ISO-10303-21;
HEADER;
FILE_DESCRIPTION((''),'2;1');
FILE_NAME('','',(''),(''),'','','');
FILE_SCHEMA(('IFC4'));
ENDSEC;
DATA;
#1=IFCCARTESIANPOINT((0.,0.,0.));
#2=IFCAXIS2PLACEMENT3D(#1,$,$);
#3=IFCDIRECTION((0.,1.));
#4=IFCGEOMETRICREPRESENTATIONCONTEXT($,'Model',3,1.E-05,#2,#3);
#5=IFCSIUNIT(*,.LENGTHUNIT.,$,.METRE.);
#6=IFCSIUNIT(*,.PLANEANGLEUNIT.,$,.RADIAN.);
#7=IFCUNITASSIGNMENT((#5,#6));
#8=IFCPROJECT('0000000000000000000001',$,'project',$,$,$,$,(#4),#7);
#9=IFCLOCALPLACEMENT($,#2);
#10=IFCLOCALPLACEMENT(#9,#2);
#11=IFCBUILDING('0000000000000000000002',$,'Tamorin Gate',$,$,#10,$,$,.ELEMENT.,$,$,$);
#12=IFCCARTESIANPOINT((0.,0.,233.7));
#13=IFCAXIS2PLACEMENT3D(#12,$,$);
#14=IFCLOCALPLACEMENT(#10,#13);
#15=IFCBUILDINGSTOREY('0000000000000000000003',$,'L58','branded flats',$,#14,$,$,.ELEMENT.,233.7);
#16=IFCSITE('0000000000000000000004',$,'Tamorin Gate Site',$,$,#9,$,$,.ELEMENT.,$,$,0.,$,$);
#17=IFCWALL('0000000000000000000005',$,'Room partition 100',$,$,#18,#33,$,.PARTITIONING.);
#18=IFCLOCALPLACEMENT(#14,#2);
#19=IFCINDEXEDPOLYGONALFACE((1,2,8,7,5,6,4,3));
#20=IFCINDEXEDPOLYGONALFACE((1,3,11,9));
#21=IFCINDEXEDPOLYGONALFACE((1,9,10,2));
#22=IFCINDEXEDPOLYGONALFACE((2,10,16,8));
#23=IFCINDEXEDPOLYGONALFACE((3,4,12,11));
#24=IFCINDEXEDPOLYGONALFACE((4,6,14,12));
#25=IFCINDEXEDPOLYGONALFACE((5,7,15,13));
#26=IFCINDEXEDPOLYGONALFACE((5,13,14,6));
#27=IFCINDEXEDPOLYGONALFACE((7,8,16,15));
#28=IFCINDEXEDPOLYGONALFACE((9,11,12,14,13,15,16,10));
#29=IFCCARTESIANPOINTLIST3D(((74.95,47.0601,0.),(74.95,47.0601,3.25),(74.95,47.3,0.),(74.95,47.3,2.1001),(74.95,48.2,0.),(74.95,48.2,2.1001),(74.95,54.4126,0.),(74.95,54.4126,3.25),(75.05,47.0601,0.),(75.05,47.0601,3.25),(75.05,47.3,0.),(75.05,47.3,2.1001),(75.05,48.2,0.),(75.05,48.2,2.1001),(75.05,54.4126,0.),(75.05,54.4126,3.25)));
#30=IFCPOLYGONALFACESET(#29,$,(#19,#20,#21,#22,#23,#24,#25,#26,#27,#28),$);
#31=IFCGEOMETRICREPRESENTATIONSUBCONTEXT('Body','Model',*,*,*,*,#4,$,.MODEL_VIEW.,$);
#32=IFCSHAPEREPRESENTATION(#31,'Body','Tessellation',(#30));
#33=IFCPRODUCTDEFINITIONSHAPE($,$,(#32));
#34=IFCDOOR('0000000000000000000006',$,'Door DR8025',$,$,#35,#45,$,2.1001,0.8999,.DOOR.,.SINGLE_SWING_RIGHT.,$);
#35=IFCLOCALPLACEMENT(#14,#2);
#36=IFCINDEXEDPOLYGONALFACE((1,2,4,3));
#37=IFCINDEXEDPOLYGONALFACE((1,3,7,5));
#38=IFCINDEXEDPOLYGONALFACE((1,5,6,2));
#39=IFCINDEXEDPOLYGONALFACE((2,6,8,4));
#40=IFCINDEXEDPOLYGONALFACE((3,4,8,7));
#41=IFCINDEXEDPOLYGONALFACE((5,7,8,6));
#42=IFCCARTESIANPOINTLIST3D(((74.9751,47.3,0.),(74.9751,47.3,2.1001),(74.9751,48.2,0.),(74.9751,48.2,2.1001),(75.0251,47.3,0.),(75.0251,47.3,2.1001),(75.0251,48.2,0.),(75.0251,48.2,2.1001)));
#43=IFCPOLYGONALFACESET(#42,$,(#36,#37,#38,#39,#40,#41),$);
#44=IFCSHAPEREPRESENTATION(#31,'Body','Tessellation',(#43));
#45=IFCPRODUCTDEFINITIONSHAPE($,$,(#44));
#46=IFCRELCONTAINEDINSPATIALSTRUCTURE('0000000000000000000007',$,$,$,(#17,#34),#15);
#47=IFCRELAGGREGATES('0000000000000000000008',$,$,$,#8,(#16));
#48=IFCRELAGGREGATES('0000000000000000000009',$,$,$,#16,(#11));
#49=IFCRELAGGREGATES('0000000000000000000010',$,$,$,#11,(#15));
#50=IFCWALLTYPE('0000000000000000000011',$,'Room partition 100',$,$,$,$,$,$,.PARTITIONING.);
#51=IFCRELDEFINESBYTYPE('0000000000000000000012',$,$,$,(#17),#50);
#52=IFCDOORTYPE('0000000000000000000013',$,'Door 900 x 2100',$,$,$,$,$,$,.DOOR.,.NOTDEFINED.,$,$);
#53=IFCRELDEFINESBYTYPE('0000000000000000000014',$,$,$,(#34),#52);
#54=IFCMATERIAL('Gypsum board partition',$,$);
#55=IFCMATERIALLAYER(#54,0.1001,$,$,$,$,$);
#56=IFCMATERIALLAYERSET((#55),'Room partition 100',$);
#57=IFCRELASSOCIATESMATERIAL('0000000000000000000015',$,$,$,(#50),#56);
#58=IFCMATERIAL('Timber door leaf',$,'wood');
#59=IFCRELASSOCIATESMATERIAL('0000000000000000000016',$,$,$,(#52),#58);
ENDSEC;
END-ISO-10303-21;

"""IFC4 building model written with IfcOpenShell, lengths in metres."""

from ifc_helpers import new_model, si_unit, direction, frame, frame_2d, origin, place, context, subcontext, project, spatial, rectangle, extrude, material, layer, layer_set, type_object, element, fill, save


model = new_model("IFC4")

# Units and contexts
model_context = context("Model", 3, precision=1e-05, world=origin(), true_north=direction((0.0, 1.0)))
body_context = subcontext(model_context, "Body", "Model", "MODEL_VIEW")
ifc_project = project(units=[si_unit("LENGTHUNIT", "METRE"), si_unit("PLANEANGLEUNIT", "RADIAN")], contexts=[model_context])

# Site, building, storey
site_placement = place(None, origin())
site = spatial("IfcSite", under=ifc_project, at=site_placement, Name="Tamorin Gate Site", CompositionType="ELEMENT", RefElevation=0.0)
building_placement = place(site_placement, origin())
building = spatial("IfcBuilding", under=site, at=building_placement, Name="Tamorin Gate", CompositionType="ELEMENT")
storey_placement = place(building_placement, frame((0.0, 0.0, 233.7)))
storey = spatial("IfcBuildingStorey", under=building, at=storey_placement, Name="L58", Description="branded flats", CompositionType="ELEMENT", Elevation=233.7)

# Wall, opening, door
ifc_material_1 = material(Name="Gypsum board partition")
ifc_layer_1 = layer(ifc_material_1, 0.1001)
ifc_layer_set_1 = layer_set([ifc_layer_1], Name="Room partition 100")
wall_type_1 = type_object("IfcWallType", Name="Room partition 100", PredefinedType="PARTITIONING", material=ifc_layer_set_1)
ifc_material_2 = material(Name="Timber door leaf", Category="wood")
door_type = type_object("IfcDoorType", Name="Door 900 x 2100", OperationType="NOTDEFINED", PredefinedType="DOOR", material=ifc_material_2)
wall_1_placement = place(storey_placement, frame((75.0, 47.0601, 0.0), z_axis=(0.0, 0.0, 1.0), x_axis=(0.0, 1.0, 0.0)))
wall_1 = element("IfcWall", 1, at=wall_1_placement, inside=storey, type_object=wall_type_1, Name="Room partition 100", PredefinedType="PARTITIONING", context=body_context, shape_type="SweptSolid", body=[
    extrude(rectangle(XDim=7.3525, YDim=0.1001, at=frame_2d((3.6763, 0.0))), origin(), (0.0, 0.0, 1.0), 3.25),
])
opening_1_placement = place(wall_1_placement, frame((0.24, 0.0, 0.0)))
opening_1 = element("IfcOpeningElement", 2, at=opening_1_placement, cuts=wall_1, PredefinedType="OPENING", context=body_context, shape_type="SweptSolid", body=[
    extrude(rectangle(XDim=0.8999, YDim=2.1001, at=frame_2d((0.45, 1.05))), frame((0.0, 0.0601, 0.0), z_axis=(0.0, -1.0, 0.0), x_axis=(1.0, 0.0, 0.0)), (0.0, 0.0, 1.0), 0.1201),
])
door_1_placement = place(opening_1_placement, origin())
door_1 = element("IfcDoor", 3, at=door_1_placement, inside=storey, type_object=door_type, Name="Door DR8025", OperationType="SINGLE_SWING_RIGHT", OverallHeight=2.1001, OverallWidth=0.8999, PredefinedType="DOOR", context=body_context, shape_type="SweptSolid", body=[
    extrude(rectangle(XDim=0.8999, YDim=2.1001, at=frame_2d((0.45, 1.05))), frame((0.0, 0.0249, 0.0), z_axis=(0.0, -1.0, 0.0), x_axis=(1.0, 0.0, 0.0)), (0.0, 0.0, 1.0), 0.05),
])
fill(opening_1, door_1)

save(model, "model.ifc")
